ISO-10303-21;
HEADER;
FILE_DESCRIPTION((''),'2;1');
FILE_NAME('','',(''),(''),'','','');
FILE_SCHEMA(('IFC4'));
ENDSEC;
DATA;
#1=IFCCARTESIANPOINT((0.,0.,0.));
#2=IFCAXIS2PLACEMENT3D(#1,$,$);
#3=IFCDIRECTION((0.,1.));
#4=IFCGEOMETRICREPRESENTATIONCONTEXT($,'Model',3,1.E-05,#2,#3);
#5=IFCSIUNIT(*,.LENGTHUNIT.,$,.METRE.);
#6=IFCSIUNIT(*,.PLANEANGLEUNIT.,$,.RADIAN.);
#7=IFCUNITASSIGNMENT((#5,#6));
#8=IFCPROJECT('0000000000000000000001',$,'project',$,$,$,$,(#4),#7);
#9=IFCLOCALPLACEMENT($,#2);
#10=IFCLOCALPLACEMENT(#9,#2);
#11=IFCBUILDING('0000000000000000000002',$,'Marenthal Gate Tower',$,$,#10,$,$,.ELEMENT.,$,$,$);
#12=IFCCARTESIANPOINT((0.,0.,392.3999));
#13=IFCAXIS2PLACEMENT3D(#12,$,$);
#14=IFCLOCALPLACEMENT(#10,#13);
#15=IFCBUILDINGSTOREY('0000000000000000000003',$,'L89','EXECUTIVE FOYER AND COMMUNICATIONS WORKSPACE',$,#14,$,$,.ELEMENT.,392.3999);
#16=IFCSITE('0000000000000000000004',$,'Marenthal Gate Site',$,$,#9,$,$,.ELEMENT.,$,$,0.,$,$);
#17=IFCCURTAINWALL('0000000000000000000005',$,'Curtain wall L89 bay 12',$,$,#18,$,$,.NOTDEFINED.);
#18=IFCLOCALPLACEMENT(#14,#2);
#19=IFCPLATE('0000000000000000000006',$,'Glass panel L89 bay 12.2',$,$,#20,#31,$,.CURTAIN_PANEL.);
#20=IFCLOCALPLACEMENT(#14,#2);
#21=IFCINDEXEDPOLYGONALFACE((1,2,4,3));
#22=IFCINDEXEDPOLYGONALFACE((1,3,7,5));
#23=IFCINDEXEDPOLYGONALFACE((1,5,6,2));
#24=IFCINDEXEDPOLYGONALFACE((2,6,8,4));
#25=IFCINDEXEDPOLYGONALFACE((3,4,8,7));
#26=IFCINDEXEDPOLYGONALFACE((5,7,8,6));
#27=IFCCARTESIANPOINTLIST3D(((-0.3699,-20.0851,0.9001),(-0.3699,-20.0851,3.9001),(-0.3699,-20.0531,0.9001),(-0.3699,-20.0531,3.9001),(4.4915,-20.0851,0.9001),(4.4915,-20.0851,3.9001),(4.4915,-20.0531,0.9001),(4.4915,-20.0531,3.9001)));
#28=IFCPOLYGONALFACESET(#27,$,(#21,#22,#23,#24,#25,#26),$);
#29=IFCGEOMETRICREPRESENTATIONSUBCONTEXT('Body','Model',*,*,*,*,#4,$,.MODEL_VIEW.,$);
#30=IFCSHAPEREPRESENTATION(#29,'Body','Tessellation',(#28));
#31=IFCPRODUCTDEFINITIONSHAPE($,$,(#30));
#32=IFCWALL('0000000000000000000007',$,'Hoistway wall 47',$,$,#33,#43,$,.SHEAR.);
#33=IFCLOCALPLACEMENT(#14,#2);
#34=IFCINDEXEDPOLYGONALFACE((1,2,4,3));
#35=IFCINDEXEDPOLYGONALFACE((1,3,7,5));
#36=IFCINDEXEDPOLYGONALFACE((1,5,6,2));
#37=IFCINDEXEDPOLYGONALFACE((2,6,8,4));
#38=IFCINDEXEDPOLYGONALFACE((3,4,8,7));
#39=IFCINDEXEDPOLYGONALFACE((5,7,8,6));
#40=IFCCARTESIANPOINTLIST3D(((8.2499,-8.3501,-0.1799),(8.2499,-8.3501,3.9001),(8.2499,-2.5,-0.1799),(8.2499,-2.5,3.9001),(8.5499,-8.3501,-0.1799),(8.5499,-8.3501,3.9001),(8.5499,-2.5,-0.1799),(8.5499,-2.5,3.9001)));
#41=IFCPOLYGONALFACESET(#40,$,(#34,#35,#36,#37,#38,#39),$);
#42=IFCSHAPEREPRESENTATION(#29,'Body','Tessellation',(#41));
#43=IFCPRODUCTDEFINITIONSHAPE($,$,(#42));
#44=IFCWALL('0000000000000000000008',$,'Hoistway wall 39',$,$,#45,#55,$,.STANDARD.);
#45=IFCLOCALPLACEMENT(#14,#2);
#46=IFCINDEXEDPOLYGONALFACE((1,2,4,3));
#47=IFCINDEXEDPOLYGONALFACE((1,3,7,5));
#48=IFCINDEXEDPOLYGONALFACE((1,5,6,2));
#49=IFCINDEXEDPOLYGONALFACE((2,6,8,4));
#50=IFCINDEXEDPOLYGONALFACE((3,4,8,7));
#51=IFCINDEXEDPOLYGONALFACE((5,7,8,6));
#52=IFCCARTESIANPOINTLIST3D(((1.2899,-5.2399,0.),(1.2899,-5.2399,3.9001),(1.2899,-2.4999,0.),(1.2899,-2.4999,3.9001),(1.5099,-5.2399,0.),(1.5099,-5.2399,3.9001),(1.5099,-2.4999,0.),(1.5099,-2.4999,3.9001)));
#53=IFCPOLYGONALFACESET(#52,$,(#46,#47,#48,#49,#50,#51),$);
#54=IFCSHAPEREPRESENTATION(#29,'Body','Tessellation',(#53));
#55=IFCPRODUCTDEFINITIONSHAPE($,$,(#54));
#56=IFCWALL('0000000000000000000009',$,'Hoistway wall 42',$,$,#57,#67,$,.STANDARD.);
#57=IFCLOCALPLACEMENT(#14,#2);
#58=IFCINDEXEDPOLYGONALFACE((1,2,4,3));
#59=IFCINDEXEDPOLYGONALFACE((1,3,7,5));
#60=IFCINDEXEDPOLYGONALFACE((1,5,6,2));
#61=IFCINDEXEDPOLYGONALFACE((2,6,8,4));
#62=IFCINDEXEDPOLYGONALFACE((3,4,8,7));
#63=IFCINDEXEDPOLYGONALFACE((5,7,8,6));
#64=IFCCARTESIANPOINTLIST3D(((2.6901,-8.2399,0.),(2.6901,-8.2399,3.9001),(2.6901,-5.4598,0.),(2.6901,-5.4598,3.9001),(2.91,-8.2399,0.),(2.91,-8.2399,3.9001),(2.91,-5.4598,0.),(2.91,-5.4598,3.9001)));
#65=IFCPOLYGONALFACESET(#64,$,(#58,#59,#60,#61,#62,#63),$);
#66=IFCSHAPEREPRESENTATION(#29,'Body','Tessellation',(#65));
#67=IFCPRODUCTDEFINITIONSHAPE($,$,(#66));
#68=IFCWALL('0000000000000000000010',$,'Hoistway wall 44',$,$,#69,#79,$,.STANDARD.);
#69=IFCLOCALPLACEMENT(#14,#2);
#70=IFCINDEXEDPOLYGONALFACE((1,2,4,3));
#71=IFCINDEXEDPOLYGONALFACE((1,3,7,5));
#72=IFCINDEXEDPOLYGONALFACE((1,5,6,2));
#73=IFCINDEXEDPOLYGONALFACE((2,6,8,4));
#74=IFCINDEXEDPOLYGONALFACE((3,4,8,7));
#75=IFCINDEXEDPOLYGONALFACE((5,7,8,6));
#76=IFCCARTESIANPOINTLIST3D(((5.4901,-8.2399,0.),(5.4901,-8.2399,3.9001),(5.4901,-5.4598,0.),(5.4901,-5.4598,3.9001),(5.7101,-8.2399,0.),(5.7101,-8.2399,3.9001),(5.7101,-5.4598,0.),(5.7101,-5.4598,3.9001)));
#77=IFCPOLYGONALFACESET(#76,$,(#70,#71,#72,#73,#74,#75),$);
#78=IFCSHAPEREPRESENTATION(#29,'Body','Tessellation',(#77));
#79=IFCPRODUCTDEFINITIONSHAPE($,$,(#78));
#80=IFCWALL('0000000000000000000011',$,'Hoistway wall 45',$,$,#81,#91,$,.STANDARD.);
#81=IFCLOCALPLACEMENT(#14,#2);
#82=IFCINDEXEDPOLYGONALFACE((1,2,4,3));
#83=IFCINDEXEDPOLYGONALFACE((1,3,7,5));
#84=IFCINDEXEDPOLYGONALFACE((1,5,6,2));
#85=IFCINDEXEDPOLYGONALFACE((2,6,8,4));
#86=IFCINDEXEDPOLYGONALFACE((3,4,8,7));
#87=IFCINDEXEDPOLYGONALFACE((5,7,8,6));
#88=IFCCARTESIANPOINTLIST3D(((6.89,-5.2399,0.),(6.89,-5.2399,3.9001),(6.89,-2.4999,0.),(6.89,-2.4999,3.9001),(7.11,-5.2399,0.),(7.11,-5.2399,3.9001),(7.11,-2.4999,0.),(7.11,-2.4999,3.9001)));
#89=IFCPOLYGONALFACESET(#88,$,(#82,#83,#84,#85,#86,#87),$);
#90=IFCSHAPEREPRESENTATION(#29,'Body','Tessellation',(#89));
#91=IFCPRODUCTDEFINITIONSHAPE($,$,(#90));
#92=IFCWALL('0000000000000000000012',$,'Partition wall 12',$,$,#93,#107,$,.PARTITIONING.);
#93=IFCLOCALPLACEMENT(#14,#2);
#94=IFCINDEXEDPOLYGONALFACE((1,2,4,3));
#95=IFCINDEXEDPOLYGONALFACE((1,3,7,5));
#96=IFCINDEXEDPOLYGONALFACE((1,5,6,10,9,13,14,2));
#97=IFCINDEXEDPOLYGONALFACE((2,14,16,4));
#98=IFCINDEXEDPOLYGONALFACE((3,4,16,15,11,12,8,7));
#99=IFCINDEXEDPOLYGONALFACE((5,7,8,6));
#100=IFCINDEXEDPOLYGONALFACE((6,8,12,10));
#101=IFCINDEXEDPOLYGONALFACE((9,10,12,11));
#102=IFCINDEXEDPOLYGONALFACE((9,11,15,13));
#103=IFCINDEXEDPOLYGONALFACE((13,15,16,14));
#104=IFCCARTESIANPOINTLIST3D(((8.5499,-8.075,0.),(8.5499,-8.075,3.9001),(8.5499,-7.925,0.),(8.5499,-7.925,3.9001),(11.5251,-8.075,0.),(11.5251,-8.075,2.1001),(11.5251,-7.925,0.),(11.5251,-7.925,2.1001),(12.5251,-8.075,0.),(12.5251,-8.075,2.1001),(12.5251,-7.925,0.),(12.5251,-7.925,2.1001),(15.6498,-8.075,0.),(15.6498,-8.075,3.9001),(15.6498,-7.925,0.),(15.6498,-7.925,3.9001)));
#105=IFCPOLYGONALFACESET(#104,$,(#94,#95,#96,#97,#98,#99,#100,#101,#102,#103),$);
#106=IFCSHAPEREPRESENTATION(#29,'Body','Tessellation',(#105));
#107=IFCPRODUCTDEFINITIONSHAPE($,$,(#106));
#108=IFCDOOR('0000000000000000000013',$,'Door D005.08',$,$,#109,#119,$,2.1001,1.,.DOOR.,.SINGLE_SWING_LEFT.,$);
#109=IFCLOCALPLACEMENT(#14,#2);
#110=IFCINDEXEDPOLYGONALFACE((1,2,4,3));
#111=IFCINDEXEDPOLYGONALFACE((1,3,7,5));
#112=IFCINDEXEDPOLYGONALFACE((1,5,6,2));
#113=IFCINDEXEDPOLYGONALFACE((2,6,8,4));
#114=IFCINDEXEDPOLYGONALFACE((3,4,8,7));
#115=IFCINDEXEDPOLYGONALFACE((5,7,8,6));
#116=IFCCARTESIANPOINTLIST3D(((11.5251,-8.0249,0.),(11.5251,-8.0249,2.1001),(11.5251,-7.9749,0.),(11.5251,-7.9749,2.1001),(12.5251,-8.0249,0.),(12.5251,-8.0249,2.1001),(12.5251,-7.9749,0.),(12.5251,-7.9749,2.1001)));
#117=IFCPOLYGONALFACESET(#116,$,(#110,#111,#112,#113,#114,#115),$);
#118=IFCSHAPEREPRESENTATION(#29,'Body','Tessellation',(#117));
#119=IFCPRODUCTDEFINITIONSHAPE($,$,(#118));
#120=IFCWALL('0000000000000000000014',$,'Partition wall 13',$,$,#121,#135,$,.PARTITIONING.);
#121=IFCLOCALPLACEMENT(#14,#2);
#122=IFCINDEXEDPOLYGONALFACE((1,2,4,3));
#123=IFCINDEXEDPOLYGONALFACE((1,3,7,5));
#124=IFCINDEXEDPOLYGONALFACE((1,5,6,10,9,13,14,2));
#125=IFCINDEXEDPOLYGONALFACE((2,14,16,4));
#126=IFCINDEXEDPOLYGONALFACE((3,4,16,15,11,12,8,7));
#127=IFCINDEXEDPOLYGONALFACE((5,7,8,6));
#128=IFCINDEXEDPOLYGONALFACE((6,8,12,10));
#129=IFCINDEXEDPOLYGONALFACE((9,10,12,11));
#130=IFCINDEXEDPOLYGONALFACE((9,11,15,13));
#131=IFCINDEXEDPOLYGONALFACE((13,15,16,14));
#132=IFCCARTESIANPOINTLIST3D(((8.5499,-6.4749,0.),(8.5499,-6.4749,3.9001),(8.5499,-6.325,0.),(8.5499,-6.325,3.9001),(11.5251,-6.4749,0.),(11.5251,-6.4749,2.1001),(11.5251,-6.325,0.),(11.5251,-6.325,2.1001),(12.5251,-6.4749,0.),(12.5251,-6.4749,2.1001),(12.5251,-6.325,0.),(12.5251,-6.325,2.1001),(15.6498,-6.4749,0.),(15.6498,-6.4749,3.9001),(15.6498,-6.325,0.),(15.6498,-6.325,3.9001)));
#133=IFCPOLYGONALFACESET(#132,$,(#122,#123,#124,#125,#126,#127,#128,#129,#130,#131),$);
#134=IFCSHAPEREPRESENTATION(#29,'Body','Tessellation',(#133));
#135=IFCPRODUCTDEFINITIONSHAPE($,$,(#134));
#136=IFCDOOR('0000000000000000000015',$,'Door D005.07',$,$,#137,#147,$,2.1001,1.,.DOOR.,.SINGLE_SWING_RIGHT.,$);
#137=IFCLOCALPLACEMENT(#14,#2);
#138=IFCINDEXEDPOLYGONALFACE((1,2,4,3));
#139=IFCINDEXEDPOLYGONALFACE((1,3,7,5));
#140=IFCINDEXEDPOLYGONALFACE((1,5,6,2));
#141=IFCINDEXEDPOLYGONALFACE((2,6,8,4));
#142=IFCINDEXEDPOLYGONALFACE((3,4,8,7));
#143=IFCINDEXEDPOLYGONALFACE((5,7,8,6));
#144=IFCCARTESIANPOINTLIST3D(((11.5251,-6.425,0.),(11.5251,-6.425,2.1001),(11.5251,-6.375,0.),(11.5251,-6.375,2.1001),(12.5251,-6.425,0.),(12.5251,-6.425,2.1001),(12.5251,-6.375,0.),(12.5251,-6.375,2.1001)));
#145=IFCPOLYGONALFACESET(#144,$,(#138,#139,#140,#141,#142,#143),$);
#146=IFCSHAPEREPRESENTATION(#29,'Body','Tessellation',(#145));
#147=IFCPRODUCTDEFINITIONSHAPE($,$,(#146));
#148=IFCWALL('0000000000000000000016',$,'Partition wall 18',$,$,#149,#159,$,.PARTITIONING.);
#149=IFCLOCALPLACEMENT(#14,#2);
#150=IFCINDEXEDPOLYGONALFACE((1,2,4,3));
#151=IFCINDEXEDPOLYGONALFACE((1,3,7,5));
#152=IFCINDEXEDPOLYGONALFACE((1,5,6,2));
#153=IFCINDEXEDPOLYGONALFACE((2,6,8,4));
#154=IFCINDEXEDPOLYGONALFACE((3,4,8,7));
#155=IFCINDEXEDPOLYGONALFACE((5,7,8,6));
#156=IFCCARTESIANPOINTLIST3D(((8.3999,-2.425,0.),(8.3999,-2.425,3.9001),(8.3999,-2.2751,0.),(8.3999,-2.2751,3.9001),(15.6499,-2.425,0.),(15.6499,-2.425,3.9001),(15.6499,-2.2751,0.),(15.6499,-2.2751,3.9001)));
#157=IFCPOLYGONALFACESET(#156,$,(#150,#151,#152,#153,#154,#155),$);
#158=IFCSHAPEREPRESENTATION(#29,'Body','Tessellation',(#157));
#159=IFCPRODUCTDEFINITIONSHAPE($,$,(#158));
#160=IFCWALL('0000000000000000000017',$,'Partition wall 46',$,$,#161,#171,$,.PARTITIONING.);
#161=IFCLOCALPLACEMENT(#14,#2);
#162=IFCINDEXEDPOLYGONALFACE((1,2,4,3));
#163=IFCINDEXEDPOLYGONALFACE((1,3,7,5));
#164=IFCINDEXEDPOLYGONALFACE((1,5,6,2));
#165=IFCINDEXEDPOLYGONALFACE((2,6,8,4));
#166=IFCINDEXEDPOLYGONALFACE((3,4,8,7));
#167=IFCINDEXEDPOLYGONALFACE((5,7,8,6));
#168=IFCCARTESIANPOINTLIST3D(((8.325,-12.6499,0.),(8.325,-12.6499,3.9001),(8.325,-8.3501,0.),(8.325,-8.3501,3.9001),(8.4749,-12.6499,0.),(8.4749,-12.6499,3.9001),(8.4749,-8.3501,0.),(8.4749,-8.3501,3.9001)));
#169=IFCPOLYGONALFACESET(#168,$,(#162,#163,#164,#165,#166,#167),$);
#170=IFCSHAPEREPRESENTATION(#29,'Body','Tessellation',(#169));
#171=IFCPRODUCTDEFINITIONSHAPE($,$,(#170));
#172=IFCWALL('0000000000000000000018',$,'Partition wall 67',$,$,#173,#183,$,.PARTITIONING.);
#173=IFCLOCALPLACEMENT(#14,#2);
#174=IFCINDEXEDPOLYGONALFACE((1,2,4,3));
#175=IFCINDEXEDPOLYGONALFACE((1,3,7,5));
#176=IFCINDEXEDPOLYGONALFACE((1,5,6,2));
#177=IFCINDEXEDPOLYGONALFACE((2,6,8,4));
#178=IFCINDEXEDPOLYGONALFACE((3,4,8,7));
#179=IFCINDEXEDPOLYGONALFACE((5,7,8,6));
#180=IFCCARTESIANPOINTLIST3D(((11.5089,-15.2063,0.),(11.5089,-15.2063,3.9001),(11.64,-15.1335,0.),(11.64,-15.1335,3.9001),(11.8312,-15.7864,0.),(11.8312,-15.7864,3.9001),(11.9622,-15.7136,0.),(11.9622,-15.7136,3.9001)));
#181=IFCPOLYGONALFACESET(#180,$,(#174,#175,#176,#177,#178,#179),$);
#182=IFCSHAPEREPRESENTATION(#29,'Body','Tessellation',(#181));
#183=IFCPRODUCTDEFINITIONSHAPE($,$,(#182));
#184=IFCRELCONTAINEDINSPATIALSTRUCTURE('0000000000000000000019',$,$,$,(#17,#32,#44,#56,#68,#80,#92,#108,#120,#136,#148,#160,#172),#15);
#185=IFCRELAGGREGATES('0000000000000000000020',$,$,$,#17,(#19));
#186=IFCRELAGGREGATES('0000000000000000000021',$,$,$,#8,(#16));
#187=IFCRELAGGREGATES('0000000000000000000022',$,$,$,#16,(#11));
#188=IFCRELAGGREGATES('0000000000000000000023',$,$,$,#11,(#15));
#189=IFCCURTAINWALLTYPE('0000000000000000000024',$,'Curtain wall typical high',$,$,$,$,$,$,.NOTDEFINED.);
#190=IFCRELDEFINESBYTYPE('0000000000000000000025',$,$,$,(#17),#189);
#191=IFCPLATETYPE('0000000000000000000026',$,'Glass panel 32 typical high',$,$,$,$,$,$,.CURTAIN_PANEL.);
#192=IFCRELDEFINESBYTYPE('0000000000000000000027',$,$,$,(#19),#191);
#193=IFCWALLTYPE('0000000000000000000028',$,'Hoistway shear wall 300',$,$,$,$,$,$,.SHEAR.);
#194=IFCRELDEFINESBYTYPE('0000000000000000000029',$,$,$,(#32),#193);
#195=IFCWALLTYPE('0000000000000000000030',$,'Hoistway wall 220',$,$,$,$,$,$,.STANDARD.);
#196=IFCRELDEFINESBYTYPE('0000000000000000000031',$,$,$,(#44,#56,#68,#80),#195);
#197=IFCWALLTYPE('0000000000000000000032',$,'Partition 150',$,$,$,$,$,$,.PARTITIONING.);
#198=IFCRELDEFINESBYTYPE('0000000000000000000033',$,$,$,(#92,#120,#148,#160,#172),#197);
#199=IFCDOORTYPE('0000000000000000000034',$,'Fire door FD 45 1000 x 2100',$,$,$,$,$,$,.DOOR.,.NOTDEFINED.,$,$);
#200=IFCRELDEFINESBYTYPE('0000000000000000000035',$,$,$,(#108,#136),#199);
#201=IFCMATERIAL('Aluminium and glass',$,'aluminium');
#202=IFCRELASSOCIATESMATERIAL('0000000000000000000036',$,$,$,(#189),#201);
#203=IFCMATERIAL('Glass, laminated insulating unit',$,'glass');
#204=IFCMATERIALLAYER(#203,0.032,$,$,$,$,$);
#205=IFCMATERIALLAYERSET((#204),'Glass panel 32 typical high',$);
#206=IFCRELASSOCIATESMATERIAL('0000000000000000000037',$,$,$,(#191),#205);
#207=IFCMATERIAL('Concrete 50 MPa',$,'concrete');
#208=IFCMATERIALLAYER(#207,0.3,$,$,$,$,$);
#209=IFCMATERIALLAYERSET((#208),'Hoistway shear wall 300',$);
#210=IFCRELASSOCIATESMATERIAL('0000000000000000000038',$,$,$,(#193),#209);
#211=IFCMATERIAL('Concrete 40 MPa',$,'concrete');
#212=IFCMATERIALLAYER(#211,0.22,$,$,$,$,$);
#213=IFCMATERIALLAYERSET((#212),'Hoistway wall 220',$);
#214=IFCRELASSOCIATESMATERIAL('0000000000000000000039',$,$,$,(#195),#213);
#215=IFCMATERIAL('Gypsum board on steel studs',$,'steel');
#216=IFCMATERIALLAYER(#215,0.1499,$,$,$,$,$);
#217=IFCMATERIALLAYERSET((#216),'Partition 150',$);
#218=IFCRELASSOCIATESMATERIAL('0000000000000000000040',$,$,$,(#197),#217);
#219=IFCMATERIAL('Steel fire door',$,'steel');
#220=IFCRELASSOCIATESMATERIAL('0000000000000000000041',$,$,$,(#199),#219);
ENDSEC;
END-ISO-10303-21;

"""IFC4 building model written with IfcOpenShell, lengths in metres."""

from ifc_helpers import new_model, si_unit, direction, frame, frame_2d, origin, origin_2d, place, context, subcontext, project, spatial, rectangle, extrude, material, layer, layer_set, type_object, element, fill, aggregate, save


model = new_model("IFC4")

# Units and contexts
model_context = context("Model", 3, precision=1e-05, world=origin(), true_north=direction((0.0, 1.0)))
body_context = subcontext(model_context, "Body", "Model", "MODEL_VIEW")
ifc_project = project(units=[si_unit("LENGTHUNIT", "METRE"), si_unit("PLANEANGLEUNIT", "RADIAN")], contexts=[model_context])

# Site, building, storey
site_placement = place(None, origin())
site = spatial("IfcSite", under=ifc_project, at=site_placement, Name="Marenthal Gate Site", CompositionType="ELEMENT", RefElevation=0.0)
building_placement = place(site_placement, origin())
building = spatial("IfcBuilding", under=site, at=building_placement, Name="Marenthal Gate Tower", CompositionType="ELEMENT")
storey_placement = place(building_placement, frame((0.0, 0.0, 392.3999)))
storey = spatial("IfcBuildingStorey", under=building, at=storey_placement, Name="L89", Description="EXECUTIVE FOYER AND COMMUNICATIONS WORKSPACE", CompositionType="ELEMENT", Elevation=392.3999)

# Curtain wall
ifc_material_1 = material(Name="Aluminium and glass", Category="aluminium")
curtain_wall_type = type_object("IfcCurtainWallType", Name="Curtain wall typical high", PredefinedType="NOTDEFINED", material=ifc_material_1)
curtain_wall_placement = place(storey_placement, origin())
curtain_wall = element("IfcCurtainWall", 1, at=curtain_wall_placement, inside=storey, type_object=curtain_wall_type, Name="Curtain wall L89 bay 12", PredefinedType="NOTDEFINED")

# Plate
ifc_material_2 = material(Name="Glass, laminated insulating unit", Category="glass")
ifc_layer_1 = layer(ifc_material_2, 0.032)
ifc_layer_set_1 = layer_set([ifc_layer_1], Name="Glass panel 32 typical high")
plate_type = type_object("IfcPlateType", Name="Glass panel 32 typical high", PredefinedType="CURTAIN_PANEL", material=ifc_layer_set_1)
plate_placement = place(storey_placement, frame((2.0608, -20.0691, 0.9001), z_axis=(0.0, 0.0, 1.0), x_axis=(1.0, 0.0, 0.0)))
plate = element("IfcPlate", 2, at=plate_placement, type_object=plate_type, Name="Glass panel L89 bay 12.2", PredefinedType="CURTAIN_PANEL", context=body_context, shape_type="SweptSolid", body=[
    extrude(rectangle(XDim=4.8613, YDim=0.032, at=origin_2d()), origin(), (0.0, 0.0, 1.0), 3.0),
])
aggregate(curtain_wall, [plate])

# Walls
ifc_material_3 = material(Name="Concrete 50 MPa", Category="concrete")
ifc_layer_2 = layer(ifc_material_3, 0.3)
ifc_layer_set_2 = layer_set([ifc_layer_2], Name="Hoistway shear wall 300")
wall_type_1 = type_object("IfcWallType", Name="Hoistway shear wall 300", PredefinedType="SHEAR", material=ifc_layer_set_2)
wall_1_placement = place(storey_placement, frame((8.3999, -8.3501, -0.1799), z_axis=(0.0, 0.0, 1.0), x_axis=(0.0, 1.0, 0.0)))
element("IfcWall", 3, at=wall_1_placement, inside=storey, type_object=wall_type_1, Name="Hoistway wall 47", PredefinedType="SHEAR", context=body_context, shape_type="SweptSolid", body=[
    extrude(rectangle(XDim=5.8501, YDim=0.3, at=frame_2d((2.925, 0.0))), origin(), (0.0, 0.0, 1.0), 4.0801),
])
ifc_material_4 = material(Name="Concrete 40 MPa", Category="concrete")
ifc_layer_3 = layer(ifc_material_4, 0.22)
ifc_layer_set_3 = layer_set([ifc_layer_3], Name="Hoistway wall 220")
wall_type_2 = type_object("IfcWallType", Name="Hoistway wall 220", PredefinedType="STANDARD", material=ifc_layer_set_3)
wall_2_placement = place(storey_placement, frame((1.3999, -5.24, 0.0), z_axis=(0.0, 0.0, 1.0), x_axis=(0.0, 1.0, 0.0)))
element("IfcWall", 4, at=wall_2_placement, inside=storey, type_object=wall_type_2, Name="Hoistway wall 39", PredefinedType="STANDARD", context=body_context, shape_type="SweptSolid", body=[
    extrude(rectangle(XDim=2.74, YDim=0.22, at=frame_2d((1.3701, 0.0))), origin(), (0.0, 0.0, 1.0), 3.9001),
])
for number, where, z_axis, x_axis, name in (
    (5, (2.8, -8.24, 0.0), (0.0, 0.0, 1.0), (0.0, 1.0, 0.0), "Hoistway wall 42"),
    (6, (5.6001, -8.24, 0.0), (0.0, 0.0, 1.0), (0.0, 1.0, 0.0), "Hoistway wall 44"),
):
    element("IfcWall", number, at=place(storey_placement, frame(where, z_axis=z_axis, x_axis=x_axis)), inside=storey, type_object=wall_type_2, Name=name, PredefinedType="STANDARD", context=body_context, shape_type="SweptSolid", body=[
        extrude(rectangle(XDim=2.78, YDim=0.22, at=frame_2d((1.3901, 0.0))), origin(), (0.0, 0.0, 1.0), 3.9001),
    ])
wall_3_placement = place(storey_placement, frame((7.0, -5.24, 0.0), z_axis=(0.0, 0.0, 1.0), x_axis=(0.0, 1.0, 0.0)))
element("IfcWall", 7, at=wall_3_placement, inside=storey, type_object=wall_type_2, Name="Hoistway wall 45", PredefinedType="STANDARD", context=body_context, shape_type="SweptSolid", body=[
    extrude(rectangle(XDim=2.74, YDim=0.22, at=frame_2d((1.3701, 0.0))), origin(), (0.0, 0.0, 1.0), 3.9001),
])

# Walls, openings, doors
ifc_material_5 = material(Name="Gypsum board on steel studs", Category="steel")
ifc_layer_4 = layer(ifc_material_5, 0.1499)
ifc_layer_set_4 = layer_set([ifc_layer_4], Name="Partition 150")
wall_type_3 = type_object("IfcWallType", Name="Partition 150", PredefinedType="PARTITIONING", material=ifc_layer_set_4)
wall_4_placement = place(storey_placement, frame((8.55, -8.0, 0.0), z_axis=(0.0, 0.0, 1.0), x_axis=(1.0, 0.0, 0.0)))
wall_4 = element("IfcWall", 8, at=wall_4_placement, inside=storey, type_object=wall_type_3, Name="Partition wall 12", PredefinedType="PARTITIONING", context=body_context, shape_type="SweptSolid", body=[
    extrude(rectangle(XDim=7.0999, YDim=0.1499, at=frame_2d((3.5498, 0.0))), origin(), (0.0, 0.0, 1.0), 3.9001),
])
opening_1_placement = place(wall_4_placement, frame((2.9751, 0.0, 0.0)))
opening_1 = element("IfcOpeningElement", 9, at=opening_1_placement, cuts=wall_4, PredefinedType="OPENING", context=body_context, shape_type="SweptSolid", body=[
    extrude(rectangle(XDim=1.0, YDim=2.1001, at=frame_2d((0.5, 1.05))), frame((0.0, 0.085, 0.0), z_axis=(0.0, -1.0, 0.0), x_axis=(1.0, 0.0, 0.0)), (0.0, 0.0, 1.0), 0.1699),
])
ifc_material_6 = material(Name="Steel fire door", Category="steel")
door_type_1 = type_object("IfcDoorType", Name="Fire door FD 45 1000 x 2100", OperationType="NOTDEFINED", PredefinedType="DOOR", material=ifc_material_6)
door_1_placement = place(opening_1_placement, frame((1.0, 0.0, 0.0), z_axis=(0.0, 0.0, 1.0), x_axis=(-1.0, 0.0, 0.0)))
door_1 = element("IfcDoor", 10, at=door_1_placement, inside=storey, type_object=door_type_1, Name="Door D005.08", OperationType="SINGLE_SWING_LEFT", OverallHeight=2.1001, OverallWidth=1.0, PredefinedType="DOOR", context=body_context, shape_type="SweptSolid", body=[
    extrude(rectangle(XDim=1.0, YDim=2.1001, at=frame_2d((0.5, 1.05))), frame((0.0, 0.0249, 0.0), z_axis=(0.0, -1.0, 0.0), x_axis=(1.0, 0.0, 0.0)), (0.0, 0.0, 1.0), 0.05),
])
fill(opening_1, door_1)
wall_5_placement = place(storey_placement, frame((8.55, -6.3999, 0.0), z_axis=(0.0, 0.0, 1.0), x_axis=(1.0, 0.0, 0.0)))
wall_5 = element("IfcWall", 11, at=wall_5_placement, inside=storey, type_object=wall_type_3, Name="Partition wall 13", PredefinedType="PARTITIONING", context=body_context, shape_type="SweptSolid", body=[
    extrude(rectangle(XDim=7.0999, YDim=0.1499, at=frame_2d((3.5498, 0.0))), origin(), (0.0, 0.0, 1.0), 3.9001),
])
opening_2_placement = place(wall_5_placement, frame((2.9751, 0.0, 0.0)))
opening_2 = element("IfcOpeningElement", 12, at=opening_2_placement, cuts=wall_5, PredefinedType="OPENING", context=body_context, shape_type="SweptSolid", body=[
    extrude(rectangle(XDim=1.0, YDim=2.1001, at=frame_2d((0.5, 1.05))), frame((0.0, 0.085, 0.0), z_axis=(0.0, -1.0, 0.0), x_axis=(1.0, 0.0, 0.0)), (0.0, 0.0, 1.0), 0.1699),
])
door_2_placement = place(opening_2_placement, origin())
door_2 = element("IfcDoor", 13, at=door_2_placement, inside=storey, type_object=door_type_1, Name="Door D005.07", OperationType="SINGLE_SWING_RIGHT", OverallHeight=2.1001, OverallWidth=1.0, PredefinedType="DOOR", context=body_context, shape_type="SweptSolid", body=[
    extrude(rectangle(XDim=1.0, YDim=2.1001, at=frame_2d((0.5, 1.05))), frame((0.0, 0.0249, 0.0), z_axis=(0.0, -1.0, 0.0), x_axis=(1.0, 0.0, 0.0)), (0.0, 0.0, 1.0), 0.05),
])
fill(opening_2, door_2)

# Walls
wall_6_placement = place(storey_placement, frame((8.3999, -2.3501, 0.0), z_axis=(0.0, 0.0, 1.0), x_axis=(1.0, 0.0, 0.0)))
element("IfcWall", 14, at=wall_6_placement, inside=storey, type_object=wall_type_3, Name="Partition wall 18", PredefinedType="PARTITIONING", context=body_context, shape_type="SweptSolid", body=[
    extrude(rectangle(XDim=7.25, YDim=0.1499, at=frame_2d((3.625, 0.0))), origin(), (0.0, 0.0, 1.0), 3.9001),
])
wall_7_placement = place(storey_placement, frame((8.3999, -12.6499, 0.0), z_axis=(0.0, 0.0, 1.0), x_axis=(0.0, 1.0, 0.0)))
element("IfcWall", 15, at=wall_7_placement, inside=storey, type_object=wall_type_3, Name="Partition wall 46", PredefinedType="PARTITIONING", context=body_context, shape_type="SweptSolid", body=[
    extrude(rectangle(XDim=4.2998, YDim=0.1499, at=frame_2d((2.1499, 0.0))), origin(), (0.0, 0.0, 1.0), 3.9001),
])
wall_8_placement = place(storey_placement, frame((11.5745, -15.1699, 0.0), z_axis=(0.0, 0.0, 1.0), x_axis=(0.485643, -0.874157, 0.0)))
element("IfcWall", 16, at=wall_8_placement, inside=storey, type_object=wall_type_3, Name="Partition wall 67", PredefinedType="PARTITIONING", context=body_context, shape_type="SweptSolid", body=[
    extrude(rectangle(XDim=0.6636, YDim=0.1499, at=frame_2d((0.3318, 0.0))), origin(), (0.0, 0.0, 1.0), 3.9001),
])

save(model, "model.ifc")
